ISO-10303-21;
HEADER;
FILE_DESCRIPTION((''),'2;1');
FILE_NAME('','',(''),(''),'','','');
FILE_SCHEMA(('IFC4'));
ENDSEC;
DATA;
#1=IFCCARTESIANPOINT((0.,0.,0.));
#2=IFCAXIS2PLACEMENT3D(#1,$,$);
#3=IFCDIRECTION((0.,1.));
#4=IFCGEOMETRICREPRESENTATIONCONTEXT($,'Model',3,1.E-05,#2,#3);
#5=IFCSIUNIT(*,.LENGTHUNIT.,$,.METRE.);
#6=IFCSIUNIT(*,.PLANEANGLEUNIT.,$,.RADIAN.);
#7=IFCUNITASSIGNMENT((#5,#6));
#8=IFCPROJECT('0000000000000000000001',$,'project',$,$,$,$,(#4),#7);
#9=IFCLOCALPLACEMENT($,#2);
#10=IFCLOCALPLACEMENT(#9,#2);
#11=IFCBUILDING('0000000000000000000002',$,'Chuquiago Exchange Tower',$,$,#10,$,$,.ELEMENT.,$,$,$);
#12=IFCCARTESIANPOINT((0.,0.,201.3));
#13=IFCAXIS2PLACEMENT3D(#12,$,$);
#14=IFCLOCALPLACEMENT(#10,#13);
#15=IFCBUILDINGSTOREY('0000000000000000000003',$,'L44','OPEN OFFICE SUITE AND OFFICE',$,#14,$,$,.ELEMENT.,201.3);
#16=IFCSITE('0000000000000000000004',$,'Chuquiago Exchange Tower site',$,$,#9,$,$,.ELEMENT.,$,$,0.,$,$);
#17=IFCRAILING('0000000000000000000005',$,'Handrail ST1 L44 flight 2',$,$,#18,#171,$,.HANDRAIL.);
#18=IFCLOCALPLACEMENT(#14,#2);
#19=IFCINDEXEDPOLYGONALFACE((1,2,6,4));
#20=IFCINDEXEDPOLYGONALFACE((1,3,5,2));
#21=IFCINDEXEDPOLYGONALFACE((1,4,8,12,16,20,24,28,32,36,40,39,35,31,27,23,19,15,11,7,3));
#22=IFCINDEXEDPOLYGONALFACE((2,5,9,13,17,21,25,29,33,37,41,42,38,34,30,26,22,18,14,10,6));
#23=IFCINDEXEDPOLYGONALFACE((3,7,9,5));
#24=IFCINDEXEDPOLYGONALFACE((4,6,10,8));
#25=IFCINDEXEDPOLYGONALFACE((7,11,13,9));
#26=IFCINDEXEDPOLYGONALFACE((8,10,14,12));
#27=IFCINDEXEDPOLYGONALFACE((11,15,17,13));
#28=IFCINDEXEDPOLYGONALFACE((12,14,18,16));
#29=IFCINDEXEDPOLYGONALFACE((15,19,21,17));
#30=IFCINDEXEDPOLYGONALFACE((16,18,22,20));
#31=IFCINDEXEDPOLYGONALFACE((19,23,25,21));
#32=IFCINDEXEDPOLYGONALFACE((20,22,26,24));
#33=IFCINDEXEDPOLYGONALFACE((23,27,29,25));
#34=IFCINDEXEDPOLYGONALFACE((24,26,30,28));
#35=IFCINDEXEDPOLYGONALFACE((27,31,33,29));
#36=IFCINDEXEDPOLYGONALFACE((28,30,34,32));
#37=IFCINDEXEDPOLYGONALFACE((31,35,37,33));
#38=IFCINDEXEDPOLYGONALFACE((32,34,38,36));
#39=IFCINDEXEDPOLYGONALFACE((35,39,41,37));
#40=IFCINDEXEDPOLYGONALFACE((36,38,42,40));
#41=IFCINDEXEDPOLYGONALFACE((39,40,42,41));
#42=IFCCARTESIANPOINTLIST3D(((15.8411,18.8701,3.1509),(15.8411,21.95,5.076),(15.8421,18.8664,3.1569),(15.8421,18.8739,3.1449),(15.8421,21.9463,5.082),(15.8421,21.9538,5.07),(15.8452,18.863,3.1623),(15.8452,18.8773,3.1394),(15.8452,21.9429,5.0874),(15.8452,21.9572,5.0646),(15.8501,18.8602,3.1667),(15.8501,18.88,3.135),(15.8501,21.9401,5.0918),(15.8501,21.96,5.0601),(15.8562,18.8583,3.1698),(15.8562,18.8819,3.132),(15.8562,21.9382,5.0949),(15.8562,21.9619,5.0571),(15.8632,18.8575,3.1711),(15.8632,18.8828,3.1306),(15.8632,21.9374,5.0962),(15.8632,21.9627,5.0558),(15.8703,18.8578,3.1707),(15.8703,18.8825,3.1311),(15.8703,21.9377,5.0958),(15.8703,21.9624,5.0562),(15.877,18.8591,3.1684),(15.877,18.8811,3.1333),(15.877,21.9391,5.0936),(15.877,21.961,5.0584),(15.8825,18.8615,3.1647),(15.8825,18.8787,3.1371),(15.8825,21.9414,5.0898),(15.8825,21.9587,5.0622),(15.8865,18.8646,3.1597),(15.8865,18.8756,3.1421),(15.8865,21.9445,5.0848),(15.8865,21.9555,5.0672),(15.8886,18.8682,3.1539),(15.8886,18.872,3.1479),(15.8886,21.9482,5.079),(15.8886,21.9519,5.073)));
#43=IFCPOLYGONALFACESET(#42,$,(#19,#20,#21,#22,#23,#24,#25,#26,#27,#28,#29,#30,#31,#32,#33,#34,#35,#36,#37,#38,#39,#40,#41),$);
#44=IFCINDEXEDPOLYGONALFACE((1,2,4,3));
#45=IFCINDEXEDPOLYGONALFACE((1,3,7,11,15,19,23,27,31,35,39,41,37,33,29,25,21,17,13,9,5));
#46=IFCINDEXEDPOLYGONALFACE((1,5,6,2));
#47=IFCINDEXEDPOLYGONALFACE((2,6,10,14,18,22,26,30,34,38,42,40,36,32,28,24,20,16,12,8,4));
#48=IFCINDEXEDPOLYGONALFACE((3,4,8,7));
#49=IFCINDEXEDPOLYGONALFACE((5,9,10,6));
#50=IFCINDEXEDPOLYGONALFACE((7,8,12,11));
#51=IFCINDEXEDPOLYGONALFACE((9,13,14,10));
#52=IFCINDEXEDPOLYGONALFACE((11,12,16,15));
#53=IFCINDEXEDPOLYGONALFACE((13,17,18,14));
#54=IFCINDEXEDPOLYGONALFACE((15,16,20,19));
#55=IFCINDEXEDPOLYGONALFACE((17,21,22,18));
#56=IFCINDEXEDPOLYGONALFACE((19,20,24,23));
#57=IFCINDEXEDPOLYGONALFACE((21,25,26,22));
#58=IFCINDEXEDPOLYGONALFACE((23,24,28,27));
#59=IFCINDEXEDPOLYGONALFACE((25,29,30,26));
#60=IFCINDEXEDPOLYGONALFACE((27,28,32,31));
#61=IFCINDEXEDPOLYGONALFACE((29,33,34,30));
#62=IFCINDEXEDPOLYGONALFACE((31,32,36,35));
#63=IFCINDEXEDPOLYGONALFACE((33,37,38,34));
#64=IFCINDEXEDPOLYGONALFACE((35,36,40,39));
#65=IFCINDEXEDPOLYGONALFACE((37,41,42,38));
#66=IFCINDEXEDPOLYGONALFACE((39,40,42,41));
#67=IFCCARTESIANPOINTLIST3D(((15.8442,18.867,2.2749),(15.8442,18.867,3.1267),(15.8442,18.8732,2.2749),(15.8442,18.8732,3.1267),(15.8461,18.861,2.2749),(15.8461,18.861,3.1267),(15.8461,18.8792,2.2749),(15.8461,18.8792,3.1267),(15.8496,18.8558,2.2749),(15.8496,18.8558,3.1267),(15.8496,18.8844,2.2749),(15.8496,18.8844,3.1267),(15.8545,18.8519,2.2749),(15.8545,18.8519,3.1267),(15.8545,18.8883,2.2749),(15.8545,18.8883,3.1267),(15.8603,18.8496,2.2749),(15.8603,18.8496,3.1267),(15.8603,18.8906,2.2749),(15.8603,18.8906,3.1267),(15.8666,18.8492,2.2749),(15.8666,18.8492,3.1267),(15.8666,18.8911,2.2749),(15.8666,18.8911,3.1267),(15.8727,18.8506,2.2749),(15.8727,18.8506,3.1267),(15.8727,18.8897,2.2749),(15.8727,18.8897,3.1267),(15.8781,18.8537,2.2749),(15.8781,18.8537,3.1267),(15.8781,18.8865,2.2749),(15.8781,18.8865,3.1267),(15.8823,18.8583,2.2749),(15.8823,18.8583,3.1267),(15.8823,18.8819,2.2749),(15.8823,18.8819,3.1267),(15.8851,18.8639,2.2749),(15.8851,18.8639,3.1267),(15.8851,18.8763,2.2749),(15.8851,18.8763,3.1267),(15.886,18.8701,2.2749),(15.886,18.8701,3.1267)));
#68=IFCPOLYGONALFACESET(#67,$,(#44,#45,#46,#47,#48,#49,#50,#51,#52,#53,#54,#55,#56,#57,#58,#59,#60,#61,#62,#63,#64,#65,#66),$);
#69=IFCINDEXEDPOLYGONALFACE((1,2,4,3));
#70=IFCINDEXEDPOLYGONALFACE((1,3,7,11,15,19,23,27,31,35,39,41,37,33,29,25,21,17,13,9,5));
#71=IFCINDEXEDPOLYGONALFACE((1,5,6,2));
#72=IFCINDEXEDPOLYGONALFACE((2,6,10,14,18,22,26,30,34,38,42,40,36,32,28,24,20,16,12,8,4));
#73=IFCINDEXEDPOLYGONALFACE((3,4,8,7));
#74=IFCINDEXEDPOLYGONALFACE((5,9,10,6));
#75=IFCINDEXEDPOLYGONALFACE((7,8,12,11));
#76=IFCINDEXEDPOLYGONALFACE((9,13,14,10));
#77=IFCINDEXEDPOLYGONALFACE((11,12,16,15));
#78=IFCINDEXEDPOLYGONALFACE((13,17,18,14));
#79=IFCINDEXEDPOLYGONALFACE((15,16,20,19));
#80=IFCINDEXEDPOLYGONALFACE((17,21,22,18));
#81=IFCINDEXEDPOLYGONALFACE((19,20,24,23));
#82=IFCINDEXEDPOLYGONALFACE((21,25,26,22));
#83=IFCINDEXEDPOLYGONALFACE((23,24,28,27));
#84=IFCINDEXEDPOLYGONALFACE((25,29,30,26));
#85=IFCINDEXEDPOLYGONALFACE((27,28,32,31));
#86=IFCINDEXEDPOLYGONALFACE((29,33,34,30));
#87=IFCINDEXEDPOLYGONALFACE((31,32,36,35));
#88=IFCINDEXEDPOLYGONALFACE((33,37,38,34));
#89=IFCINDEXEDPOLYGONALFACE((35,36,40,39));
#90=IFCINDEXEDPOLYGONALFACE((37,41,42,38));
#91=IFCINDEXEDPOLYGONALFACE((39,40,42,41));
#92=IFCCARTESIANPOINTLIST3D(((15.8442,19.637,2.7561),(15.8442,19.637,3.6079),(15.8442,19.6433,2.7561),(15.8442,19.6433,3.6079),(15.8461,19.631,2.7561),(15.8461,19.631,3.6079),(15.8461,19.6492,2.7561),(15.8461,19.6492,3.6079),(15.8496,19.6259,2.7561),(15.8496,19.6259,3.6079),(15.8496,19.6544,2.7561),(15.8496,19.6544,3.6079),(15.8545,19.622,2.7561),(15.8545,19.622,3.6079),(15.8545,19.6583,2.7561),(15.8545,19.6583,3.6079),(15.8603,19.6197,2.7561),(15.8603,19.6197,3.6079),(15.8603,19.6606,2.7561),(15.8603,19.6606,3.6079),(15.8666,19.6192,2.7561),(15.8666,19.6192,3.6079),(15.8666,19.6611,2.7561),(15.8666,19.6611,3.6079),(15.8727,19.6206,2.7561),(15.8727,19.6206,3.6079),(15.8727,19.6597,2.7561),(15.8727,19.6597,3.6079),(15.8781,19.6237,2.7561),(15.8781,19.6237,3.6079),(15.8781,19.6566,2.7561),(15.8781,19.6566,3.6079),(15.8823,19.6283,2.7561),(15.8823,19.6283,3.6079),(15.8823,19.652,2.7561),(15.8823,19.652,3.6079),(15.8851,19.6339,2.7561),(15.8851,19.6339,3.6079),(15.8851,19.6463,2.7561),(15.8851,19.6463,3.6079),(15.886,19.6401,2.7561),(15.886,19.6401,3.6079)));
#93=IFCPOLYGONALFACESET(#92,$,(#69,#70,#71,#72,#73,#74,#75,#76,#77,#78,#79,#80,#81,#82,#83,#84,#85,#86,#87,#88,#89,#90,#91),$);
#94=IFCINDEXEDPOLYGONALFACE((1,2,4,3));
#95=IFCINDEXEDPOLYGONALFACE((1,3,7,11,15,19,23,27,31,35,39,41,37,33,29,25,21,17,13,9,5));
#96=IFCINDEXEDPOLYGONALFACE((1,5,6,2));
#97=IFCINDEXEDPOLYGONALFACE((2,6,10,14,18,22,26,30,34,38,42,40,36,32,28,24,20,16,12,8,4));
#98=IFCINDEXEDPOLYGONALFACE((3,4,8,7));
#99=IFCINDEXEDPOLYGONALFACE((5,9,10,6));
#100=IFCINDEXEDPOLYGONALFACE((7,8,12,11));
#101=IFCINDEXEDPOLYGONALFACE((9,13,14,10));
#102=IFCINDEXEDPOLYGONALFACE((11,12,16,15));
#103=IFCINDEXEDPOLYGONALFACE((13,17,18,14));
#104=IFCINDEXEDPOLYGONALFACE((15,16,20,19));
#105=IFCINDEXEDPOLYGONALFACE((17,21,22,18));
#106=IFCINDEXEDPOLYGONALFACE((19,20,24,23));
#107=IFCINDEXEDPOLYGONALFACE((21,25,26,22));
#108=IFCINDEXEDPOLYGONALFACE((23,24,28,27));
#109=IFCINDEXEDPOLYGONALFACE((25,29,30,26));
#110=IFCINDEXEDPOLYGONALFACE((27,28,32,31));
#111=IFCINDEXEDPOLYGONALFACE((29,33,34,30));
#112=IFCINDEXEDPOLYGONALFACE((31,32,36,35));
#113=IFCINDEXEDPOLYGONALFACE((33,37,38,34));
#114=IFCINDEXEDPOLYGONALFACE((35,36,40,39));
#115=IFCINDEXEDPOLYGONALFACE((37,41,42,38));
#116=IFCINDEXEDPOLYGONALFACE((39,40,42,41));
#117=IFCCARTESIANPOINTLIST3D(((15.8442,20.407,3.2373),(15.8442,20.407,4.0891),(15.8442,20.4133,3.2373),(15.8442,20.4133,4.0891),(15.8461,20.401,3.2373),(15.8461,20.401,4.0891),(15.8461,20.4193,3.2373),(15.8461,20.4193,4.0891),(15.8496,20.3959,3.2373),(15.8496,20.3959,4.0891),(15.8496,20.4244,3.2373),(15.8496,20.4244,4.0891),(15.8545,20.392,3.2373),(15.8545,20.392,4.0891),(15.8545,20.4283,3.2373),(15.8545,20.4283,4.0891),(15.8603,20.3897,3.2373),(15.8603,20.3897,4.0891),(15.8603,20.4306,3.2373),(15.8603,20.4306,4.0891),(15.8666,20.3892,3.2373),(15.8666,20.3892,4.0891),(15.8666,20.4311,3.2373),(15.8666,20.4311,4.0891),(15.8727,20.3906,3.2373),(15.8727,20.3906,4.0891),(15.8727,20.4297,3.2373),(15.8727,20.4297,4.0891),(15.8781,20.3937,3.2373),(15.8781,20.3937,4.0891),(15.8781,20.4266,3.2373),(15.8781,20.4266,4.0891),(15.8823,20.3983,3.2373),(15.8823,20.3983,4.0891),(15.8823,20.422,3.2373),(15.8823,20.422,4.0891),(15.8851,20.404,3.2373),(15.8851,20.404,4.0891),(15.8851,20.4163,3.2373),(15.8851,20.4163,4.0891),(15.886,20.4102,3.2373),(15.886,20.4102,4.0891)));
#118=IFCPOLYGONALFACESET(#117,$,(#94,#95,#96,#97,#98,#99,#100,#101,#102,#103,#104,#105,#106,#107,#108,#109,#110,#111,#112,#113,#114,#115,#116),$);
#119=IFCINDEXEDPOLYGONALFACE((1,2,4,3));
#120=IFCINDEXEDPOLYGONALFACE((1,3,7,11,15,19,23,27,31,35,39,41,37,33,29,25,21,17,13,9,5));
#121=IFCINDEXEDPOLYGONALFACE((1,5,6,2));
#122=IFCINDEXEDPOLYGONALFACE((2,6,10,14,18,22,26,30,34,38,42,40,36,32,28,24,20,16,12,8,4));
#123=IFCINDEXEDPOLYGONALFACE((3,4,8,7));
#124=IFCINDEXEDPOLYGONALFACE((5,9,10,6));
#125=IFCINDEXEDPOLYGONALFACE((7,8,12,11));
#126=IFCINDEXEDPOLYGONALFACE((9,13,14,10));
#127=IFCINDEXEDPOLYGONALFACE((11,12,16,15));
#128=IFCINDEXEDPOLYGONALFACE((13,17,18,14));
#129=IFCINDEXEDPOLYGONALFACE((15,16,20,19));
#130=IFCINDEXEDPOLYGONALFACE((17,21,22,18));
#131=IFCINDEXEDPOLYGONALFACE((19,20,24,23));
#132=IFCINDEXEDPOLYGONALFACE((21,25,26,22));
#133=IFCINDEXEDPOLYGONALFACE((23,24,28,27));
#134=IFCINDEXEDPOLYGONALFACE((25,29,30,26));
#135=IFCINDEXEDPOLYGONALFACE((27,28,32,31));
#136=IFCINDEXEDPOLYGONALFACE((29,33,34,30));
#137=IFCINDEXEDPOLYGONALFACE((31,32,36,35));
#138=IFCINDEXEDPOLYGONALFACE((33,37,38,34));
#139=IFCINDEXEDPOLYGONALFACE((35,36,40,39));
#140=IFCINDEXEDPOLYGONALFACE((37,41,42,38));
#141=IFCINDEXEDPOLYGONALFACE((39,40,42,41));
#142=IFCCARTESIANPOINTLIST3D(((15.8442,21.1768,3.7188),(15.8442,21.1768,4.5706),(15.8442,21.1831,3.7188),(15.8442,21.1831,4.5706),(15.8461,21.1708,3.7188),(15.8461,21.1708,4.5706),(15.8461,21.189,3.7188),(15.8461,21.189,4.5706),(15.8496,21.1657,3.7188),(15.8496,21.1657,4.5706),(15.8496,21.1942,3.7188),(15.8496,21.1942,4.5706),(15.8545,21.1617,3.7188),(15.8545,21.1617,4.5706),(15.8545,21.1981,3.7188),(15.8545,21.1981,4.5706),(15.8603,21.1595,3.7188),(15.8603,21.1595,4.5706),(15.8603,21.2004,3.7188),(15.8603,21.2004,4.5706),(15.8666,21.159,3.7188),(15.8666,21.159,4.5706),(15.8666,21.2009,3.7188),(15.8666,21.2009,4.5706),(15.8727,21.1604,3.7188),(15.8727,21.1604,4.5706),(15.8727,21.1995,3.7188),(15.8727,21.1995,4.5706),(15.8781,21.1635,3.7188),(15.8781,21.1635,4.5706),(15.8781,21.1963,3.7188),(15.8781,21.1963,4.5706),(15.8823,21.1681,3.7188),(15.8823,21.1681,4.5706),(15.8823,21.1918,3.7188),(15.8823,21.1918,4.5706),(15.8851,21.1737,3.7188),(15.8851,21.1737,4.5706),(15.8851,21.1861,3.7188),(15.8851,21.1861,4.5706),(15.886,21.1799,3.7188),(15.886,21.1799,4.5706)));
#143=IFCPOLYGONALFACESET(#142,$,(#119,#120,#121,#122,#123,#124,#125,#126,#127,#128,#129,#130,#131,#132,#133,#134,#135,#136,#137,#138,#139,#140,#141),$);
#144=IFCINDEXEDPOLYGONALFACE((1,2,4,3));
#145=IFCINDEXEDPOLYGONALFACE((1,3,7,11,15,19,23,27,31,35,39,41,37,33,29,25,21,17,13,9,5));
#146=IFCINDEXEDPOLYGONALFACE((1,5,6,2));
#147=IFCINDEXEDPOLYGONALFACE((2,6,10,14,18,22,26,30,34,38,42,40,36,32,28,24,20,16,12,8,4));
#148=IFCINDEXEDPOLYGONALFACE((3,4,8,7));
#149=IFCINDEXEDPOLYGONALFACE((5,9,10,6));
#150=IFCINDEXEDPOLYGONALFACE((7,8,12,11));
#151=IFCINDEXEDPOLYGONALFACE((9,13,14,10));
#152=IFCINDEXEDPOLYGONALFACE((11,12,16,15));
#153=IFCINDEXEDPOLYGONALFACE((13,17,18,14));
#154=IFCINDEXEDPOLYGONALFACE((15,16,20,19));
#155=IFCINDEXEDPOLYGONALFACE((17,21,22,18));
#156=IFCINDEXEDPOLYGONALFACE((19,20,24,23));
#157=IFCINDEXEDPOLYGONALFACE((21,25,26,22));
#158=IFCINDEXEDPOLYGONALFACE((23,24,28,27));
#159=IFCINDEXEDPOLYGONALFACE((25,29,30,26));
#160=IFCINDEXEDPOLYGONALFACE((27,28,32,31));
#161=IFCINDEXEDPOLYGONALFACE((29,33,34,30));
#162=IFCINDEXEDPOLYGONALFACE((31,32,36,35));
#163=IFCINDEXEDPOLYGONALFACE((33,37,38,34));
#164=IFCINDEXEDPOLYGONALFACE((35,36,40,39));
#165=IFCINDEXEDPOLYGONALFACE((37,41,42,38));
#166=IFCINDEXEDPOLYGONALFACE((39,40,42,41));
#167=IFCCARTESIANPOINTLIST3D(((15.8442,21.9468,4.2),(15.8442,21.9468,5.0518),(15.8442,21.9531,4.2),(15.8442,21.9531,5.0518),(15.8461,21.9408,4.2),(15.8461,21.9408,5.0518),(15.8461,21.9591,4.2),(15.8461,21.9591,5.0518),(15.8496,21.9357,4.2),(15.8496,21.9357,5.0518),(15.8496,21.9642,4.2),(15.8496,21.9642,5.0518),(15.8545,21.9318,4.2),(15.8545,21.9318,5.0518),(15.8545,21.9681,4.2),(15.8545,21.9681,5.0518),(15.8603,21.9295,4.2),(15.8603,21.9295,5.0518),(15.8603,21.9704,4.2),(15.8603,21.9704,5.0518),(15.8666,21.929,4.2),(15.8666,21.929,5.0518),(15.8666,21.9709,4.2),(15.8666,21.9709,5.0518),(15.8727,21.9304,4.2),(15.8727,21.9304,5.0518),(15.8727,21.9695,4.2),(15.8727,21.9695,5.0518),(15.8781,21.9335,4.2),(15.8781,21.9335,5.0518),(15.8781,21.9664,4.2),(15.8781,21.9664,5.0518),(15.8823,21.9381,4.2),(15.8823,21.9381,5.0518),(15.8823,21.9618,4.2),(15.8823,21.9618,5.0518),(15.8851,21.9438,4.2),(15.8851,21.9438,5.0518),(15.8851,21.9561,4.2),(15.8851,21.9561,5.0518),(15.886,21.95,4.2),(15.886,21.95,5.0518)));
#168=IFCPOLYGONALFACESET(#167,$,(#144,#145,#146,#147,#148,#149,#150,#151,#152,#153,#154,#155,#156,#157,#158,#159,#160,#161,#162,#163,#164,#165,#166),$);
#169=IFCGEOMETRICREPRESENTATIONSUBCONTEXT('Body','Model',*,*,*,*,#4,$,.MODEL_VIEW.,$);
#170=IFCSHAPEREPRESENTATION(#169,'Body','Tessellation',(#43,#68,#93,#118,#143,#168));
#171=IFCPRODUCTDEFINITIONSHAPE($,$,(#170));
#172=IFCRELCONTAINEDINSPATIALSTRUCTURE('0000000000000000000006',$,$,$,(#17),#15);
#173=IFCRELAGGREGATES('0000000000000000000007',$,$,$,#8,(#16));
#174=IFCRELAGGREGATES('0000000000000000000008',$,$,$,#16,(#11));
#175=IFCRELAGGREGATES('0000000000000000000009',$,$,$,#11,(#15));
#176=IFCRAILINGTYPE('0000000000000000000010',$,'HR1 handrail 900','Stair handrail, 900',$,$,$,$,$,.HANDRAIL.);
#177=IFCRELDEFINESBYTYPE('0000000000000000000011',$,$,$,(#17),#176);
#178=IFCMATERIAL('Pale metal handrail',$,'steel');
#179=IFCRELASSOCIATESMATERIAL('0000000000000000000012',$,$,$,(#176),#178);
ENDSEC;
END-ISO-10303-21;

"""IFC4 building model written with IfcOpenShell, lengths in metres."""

from ifc_helpers import new_model, si_unit, direction, frame, origin, origin_2d, place, context, subcontext, project, spatial, circle, extrude, material, type_object, element, save


model = new_model("IFC4")

# Units and contexts
model_context = context("Model", 3, precision=1e-05, world=origin(), true_north=direction((0.0, 1.0)))
body_context = subcontext(model_context, "Body", "Model", "MODEL_VIEW")
ifc_project = project(units=[si_unit("LENGTHUNIT", "METRE"), si_unit("PLANEANGLEUNIT", "RADIAN")], contexts=[model_context])

# Site, building, storey
site_placement = place(None, origin())
site = spatial("IfcSite", under=ifc_project, at=site_placement, Name="Chuquiago Exchange Tower site", CompositionType="ELEMENT", RefElevation=0.0)
building_placement = place(site_placement, origin())
building = spatial("IfcBuilding", under=site, at=building_placement, Name="Chuquiago Exchange Tower", CompositionType="ELEMENT")
storey_placement = place(building_placement, frame((0.0, 0.0, 201.3)))
storey = spatial("IfcBuildingStorey", under=building, at=storey_placement, Name="L44", Description="OPEN OFFICE SUITE AND OFFICE", CompositionType="ELEMENT", Elevation=201.3)

# Railing
ifc_material_1 = material(Name="Pale metal handrail", Category="steel")
railing_type_1 = type_object("IfcRailingType", Name="HR1 handrail 900", Description="Stair handrail, 900", PredefinedType="HANDRAIL", material=ifc_material_1)
for number, where, name in (
    (1, (15.865, 18.8701, 2.2749), "Handrail ST1 L44 flight 2"),
):
    element("IfcRailing", number, at=place(storey_placement, frame(where)), inside=storey, type_object=railing_type_1, Name=name, PredefinedType="HANDRAIL", context=body_context, shape_type="SweptSolid", body=[
        extrude(circle(Radius=0.0239, at=origin_2d()), frame((0.0, 0.0, 0.876), z_axis=(0.0, 0.847979, 0.530029), x_axis=(-1.0, 0.0, 0.0)), (0.0, 0.0, 1.0), 3.6321),
        extrude(circle(Radius=0.021, at=origin_2d()), origin(), (0.0, 0.0, 1.0), 0.8518),
        extrude(circle(Radius=0.021, at=origin_2d()), frame((0.0, 0.77, 0.4812)), (0.0, 0.0, 1.0), 0.8518),
        extrude(circle(Radius=0.021, at=origin_2d()), frame((0.0, 1.54, 0.9624)), (0.0, 0.0, 1.0), 0.8518),
        extrude(circle(Radius=0.021, at=origin_2d()), frame((0.0, 2.3098, 1.4438)), (0.0, 0.0, 1.0), 0.8518),
        extrude(circle(Radius=0.021, at=origin_2d()), frame((0.0, 3.0798, 1.925)), (0.0, 0.0, 1.0), 0.8518),
    ])

save(model, "model.ifc")
